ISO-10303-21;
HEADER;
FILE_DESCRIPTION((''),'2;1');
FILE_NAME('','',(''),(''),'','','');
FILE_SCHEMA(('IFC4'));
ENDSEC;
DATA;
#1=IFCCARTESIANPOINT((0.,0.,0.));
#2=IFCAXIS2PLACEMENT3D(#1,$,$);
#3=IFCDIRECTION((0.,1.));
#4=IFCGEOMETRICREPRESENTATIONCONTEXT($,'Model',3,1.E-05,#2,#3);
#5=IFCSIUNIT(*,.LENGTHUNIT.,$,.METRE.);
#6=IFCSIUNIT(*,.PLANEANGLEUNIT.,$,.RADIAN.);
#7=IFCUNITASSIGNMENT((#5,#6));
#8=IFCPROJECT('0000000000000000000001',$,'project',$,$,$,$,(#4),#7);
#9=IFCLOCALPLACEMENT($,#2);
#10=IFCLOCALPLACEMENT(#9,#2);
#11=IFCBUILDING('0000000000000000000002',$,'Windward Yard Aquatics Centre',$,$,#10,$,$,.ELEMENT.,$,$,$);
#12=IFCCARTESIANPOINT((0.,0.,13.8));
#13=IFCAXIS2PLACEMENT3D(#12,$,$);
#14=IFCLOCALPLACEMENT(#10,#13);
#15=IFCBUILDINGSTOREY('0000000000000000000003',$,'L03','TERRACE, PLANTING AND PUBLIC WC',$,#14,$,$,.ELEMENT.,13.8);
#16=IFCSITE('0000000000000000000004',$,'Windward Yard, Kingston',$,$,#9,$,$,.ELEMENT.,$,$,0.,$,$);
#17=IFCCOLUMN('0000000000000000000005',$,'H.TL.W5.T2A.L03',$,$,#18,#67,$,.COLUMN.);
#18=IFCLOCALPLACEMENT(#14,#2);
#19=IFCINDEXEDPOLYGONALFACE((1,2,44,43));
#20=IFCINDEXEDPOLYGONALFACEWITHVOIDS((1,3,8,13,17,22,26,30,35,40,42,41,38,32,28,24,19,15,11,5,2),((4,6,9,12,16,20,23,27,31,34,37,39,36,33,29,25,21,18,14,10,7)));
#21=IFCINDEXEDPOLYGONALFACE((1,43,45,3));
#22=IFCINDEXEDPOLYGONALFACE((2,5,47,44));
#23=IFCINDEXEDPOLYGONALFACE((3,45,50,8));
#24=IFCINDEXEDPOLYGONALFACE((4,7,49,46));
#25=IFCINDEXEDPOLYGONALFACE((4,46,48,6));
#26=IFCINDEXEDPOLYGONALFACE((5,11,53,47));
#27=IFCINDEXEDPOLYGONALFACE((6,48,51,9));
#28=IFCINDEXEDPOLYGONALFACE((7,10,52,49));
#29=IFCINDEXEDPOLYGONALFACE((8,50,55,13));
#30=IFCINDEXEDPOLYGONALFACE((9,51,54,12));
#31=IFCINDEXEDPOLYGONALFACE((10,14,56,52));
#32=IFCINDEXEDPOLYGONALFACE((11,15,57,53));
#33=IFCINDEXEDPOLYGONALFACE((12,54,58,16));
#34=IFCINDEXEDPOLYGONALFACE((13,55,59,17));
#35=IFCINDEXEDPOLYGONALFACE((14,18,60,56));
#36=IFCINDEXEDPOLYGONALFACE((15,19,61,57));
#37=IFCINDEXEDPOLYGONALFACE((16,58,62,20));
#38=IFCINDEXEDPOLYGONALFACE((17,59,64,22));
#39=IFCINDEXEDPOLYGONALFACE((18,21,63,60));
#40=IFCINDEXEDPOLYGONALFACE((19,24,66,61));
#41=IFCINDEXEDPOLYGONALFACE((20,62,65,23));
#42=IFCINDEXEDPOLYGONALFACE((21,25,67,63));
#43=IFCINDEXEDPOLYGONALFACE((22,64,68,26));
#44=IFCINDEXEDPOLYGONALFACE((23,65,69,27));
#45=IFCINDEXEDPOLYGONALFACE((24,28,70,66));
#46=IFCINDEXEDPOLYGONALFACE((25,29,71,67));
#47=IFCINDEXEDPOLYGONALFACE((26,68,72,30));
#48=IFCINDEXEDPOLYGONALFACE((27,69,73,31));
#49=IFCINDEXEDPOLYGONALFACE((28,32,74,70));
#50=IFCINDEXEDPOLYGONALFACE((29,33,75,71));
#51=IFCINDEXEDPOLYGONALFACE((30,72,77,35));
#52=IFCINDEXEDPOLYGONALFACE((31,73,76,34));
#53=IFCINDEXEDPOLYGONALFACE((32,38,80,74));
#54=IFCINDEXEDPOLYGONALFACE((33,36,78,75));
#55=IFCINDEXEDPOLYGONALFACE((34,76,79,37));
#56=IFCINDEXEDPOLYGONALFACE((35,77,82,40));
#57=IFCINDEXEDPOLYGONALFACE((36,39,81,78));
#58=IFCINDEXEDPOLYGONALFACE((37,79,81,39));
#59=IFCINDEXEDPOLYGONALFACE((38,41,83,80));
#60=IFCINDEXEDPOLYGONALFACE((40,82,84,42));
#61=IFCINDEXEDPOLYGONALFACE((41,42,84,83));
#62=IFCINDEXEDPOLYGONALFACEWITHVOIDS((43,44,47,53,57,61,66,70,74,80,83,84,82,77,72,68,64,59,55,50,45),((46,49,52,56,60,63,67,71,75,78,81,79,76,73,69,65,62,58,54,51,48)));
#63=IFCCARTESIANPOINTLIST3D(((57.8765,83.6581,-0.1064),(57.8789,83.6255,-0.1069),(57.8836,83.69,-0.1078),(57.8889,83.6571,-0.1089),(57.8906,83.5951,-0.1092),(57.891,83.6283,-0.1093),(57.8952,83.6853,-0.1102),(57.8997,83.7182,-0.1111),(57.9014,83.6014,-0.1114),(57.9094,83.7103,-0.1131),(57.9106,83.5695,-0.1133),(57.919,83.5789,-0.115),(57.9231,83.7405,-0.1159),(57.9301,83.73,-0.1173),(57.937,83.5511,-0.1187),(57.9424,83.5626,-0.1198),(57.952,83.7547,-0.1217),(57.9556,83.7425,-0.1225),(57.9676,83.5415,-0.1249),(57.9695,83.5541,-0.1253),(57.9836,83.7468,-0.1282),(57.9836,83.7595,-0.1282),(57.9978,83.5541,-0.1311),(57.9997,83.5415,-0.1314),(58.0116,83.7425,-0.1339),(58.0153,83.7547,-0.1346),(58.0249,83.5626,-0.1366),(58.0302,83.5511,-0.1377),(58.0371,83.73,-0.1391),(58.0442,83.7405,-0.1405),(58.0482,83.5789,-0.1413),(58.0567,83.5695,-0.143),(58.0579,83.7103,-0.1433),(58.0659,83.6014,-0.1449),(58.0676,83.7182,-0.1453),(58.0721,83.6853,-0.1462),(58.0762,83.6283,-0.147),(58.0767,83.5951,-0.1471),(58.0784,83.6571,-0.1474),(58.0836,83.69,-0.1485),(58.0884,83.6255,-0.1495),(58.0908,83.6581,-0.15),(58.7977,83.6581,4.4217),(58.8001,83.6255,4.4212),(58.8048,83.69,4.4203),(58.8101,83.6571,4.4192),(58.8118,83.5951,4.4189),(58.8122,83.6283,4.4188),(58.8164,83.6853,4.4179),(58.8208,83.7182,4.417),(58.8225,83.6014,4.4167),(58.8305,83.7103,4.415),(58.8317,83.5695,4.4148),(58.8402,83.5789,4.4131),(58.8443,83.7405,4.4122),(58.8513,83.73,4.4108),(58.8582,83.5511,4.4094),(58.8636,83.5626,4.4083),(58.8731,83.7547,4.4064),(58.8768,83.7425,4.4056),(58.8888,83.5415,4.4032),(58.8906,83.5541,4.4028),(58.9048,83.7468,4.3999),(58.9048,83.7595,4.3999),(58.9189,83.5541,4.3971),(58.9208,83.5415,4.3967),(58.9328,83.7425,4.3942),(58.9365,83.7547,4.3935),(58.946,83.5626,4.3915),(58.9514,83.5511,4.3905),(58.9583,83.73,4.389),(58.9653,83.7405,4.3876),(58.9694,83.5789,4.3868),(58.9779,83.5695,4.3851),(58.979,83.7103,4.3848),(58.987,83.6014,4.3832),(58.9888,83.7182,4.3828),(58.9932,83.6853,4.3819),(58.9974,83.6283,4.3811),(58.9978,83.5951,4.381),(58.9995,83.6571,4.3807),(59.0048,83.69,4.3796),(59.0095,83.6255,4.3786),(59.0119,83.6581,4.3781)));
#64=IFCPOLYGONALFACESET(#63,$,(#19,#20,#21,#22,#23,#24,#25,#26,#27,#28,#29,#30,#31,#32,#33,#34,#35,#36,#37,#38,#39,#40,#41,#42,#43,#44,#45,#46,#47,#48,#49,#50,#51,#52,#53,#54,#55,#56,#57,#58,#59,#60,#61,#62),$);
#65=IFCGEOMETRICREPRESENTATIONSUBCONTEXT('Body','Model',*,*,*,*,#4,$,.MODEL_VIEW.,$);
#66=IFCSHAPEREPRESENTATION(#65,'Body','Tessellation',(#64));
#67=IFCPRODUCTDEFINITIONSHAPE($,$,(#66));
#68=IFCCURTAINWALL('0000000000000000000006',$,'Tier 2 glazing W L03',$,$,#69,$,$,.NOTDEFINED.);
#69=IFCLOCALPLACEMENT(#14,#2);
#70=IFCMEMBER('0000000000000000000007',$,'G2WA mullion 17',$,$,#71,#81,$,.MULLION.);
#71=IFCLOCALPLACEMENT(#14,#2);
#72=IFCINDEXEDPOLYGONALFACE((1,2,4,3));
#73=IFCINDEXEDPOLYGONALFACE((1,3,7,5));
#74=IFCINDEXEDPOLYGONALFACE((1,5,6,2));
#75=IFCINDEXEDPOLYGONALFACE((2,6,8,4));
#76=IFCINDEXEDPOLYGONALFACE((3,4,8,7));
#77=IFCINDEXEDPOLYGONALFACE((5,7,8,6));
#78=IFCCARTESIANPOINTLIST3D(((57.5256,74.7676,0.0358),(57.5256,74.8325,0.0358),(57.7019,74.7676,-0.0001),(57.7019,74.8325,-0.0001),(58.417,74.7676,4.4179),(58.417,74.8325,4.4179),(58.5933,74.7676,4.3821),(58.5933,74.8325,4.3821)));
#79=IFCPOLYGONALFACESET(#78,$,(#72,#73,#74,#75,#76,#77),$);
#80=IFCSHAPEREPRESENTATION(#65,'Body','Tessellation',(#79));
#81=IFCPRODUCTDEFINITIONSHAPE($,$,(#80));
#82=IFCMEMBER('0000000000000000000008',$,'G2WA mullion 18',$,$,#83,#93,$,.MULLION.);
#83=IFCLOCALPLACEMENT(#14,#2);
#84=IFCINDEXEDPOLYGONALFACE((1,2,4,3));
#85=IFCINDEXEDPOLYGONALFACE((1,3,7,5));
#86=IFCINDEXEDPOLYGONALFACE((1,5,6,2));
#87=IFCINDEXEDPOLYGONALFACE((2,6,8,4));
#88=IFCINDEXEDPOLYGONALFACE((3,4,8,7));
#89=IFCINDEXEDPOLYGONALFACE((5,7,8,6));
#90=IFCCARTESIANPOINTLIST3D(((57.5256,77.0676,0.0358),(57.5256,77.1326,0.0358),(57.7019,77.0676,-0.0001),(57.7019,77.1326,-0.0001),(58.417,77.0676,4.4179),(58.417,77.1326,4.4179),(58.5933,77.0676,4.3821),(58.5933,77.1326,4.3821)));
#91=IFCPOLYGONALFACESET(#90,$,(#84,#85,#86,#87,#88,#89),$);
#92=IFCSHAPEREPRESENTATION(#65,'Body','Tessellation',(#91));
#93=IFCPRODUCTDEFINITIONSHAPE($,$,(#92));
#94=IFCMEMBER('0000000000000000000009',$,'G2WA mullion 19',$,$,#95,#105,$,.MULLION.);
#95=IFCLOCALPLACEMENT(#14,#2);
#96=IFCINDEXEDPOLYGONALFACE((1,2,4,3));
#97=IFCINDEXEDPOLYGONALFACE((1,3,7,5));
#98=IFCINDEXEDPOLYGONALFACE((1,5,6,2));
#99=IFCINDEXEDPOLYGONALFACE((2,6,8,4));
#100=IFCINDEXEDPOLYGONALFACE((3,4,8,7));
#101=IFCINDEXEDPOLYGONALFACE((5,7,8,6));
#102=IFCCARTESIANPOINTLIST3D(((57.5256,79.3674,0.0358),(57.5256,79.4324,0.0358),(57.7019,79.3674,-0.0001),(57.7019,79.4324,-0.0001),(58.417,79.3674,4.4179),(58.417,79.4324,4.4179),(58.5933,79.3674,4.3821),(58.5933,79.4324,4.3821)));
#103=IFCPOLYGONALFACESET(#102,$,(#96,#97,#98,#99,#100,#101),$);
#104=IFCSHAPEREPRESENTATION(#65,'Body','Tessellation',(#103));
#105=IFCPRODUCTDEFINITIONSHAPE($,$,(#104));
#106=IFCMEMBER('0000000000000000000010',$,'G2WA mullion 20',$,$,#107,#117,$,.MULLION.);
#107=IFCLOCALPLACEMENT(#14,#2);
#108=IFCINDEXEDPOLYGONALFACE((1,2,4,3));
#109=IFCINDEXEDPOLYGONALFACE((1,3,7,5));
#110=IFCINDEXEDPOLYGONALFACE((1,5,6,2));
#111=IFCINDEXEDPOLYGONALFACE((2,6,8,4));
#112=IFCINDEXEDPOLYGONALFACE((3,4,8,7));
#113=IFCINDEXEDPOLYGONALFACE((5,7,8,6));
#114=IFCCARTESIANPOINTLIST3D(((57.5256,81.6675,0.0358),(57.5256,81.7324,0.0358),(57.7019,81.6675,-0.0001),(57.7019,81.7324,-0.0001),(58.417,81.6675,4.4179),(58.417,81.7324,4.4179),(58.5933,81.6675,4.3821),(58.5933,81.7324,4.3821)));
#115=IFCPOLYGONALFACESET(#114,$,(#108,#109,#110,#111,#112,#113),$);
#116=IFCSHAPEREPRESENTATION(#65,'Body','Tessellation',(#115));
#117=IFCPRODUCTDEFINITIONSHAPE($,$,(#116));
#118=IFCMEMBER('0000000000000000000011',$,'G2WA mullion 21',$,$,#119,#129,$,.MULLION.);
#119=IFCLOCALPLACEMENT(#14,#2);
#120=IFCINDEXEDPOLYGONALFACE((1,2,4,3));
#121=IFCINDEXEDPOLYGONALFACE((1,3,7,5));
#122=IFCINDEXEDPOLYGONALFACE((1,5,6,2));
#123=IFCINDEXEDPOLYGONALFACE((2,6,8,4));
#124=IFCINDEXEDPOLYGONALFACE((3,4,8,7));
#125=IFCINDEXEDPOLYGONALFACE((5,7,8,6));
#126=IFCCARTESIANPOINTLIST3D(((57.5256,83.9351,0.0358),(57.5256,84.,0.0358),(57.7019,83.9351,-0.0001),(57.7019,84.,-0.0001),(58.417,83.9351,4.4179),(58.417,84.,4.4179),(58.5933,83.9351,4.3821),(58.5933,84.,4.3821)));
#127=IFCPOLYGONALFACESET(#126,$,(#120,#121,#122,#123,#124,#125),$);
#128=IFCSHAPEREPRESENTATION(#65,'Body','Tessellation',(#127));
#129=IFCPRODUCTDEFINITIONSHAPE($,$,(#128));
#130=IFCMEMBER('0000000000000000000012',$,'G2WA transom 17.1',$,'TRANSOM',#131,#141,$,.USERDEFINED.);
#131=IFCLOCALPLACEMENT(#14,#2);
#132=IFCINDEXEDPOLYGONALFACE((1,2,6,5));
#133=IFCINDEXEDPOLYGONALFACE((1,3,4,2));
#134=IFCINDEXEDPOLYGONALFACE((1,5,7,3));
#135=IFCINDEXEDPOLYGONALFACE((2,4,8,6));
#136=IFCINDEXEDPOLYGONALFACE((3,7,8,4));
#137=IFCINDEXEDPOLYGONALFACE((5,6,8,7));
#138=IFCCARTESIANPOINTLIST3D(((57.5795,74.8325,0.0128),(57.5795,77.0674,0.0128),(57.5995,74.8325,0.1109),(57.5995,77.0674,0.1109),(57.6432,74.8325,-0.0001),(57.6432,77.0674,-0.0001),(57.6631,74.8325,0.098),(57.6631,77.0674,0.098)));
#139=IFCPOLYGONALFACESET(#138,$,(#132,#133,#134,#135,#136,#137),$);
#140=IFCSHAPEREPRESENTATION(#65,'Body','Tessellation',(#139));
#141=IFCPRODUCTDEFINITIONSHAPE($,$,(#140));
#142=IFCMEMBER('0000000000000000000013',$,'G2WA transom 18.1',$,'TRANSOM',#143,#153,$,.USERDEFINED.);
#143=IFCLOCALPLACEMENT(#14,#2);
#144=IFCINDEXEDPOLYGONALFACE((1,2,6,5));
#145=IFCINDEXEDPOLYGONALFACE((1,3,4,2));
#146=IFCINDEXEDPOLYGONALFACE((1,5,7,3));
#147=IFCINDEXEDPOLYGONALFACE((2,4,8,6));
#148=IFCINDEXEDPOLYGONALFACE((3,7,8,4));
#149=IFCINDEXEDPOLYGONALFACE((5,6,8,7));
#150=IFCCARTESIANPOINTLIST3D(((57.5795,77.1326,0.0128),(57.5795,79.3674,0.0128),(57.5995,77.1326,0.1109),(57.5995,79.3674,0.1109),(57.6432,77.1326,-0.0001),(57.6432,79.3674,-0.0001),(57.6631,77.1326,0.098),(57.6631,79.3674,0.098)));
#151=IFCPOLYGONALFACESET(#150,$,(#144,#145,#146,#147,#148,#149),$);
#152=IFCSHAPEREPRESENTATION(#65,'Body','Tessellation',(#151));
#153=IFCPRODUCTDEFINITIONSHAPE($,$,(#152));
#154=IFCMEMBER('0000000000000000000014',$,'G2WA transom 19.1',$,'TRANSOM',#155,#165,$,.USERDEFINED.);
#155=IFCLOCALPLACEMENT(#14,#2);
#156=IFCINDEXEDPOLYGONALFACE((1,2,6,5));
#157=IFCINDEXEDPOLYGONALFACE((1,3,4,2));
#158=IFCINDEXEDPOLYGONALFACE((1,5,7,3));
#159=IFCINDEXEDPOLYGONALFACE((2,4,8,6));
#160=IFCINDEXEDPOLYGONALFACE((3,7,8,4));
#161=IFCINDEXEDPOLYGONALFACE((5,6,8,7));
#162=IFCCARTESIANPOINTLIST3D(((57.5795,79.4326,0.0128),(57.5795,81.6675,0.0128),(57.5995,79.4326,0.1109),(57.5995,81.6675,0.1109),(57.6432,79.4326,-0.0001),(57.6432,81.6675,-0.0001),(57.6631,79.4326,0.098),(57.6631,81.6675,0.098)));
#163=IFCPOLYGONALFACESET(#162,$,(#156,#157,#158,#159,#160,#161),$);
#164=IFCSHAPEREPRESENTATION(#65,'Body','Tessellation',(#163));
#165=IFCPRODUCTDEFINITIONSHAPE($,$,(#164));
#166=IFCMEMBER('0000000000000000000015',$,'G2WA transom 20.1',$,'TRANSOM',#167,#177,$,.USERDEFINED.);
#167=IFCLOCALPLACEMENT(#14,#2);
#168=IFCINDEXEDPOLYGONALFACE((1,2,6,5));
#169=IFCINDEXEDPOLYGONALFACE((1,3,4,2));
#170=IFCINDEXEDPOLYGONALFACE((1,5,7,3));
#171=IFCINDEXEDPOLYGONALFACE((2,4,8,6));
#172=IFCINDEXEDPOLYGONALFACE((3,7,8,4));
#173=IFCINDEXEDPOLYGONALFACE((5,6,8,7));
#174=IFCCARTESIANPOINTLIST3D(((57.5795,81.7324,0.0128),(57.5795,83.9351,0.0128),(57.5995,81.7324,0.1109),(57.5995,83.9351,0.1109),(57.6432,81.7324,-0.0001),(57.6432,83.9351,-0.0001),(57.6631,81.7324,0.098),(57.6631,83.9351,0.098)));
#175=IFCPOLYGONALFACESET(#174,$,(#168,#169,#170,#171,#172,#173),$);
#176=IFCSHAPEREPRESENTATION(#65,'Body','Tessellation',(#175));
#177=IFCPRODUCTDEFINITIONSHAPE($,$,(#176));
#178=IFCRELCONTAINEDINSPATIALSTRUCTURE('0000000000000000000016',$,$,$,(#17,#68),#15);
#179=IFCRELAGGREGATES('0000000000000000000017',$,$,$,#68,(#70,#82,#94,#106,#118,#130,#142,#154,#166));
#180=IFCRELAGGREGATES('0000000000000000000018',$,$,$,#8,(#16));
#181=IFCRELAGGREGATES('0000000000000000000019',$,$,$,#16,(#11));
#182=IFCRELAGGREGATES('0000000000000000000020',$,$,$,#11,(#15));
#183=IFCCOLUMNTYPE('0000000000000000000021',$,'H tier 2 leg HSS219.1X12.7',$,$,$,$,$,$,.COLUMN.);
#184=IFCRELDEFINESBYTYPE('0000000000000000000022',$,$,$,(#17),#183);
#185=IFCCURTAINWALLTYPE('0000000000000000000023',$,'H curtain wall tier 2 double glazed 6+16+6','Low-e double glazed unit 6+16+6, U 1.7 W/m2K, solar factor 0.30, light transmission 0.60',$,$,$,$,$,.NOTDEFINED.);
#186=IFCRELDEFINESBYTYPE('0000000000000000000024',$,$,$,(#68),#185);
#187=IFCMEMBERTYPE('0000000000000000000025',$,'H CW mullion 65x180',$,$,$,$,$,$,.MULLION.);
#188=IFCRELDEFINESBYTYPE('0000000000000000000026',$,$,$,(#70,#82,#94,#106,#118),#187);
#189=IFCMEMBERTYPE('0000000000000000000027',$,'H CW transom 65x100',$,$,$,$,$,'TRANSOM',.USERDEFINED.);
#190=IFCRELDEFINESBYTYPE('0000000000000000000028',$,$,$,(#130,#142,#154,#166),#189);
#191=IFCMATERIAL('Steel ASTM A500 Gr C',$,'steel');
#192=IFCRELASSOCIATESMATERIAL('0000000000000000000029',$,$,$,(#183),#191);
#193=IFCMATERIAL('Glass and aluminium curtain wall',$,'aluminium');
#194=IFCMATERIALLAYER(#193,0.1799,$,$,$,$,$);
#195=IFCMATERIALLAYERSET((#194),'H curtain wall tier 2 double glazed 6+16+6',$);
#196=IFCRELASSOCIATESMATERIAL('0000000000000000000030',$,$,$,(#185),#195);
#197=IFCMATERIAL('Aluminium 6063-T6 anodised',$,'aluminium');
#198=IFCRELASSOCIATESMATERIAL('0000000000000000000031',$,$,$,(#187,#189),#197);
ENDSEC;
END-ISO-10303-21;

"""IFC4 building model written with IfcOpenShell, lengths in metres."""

from ifc_helpers import new_model, si_unit, direction, frame, origin, origin_2d, place, context, subcontext, project, spatial, rectangle, hollow_circle, extrude, material, layer, layer_set, material_profile, profile_set, type_object, element, aggregate, save


model = new_model("IFC4")

# Units and contexts
model_context = context("Model", 3, precision=1e-05, world=origin(), true_north=direction((0.0, 1.0)))
body_context = subcontext(model_context, "Body", "Model", "MODEL_VIEW")
ifc_project = project(units=[si_unit("LENGTHUNIT", "METRE"), si_unit("PLANEANGLEUNIT", "RADIAN")], contexts=[model_context])

# Site, building, storey
site_placement = place(None, origin())
site = spatial("IfcSite", under=ifc_project, at=site_placement, Name="Windward Yard, Kingston", CompositionType="ELEMENT", RefElevation=0.0)
building_placement = place(site_placement, origin())
building = spatial("IfcBuilding", under=site, at=building_placement, Name="Windward Yard Aquatics Centre", CompositionType="ELEMENT")
storey_placement = place(building_placement, frame((0.0, 0.0, 13.8)))
storey = spatial("IfcBuildingStorey", under=building, at=storey_placement, Name="L03", Description="TERRACE, PLANTING AND PUBLIC WC", CompositionType="ELEMENT", Elevation=13.8)

# Column
ifc_material_1 = material(Name="Steel ASTM A500 Gr C", Category="steel")
ifc_material_profile_1 = material_profile(ifc_material_1, hollow_circle(Radius=0.1096, WallThickness=0.0127, at=origin_2d()), Name="HSS219.1X12.7")
ifc_profile_set_1 = profile_set([ifc_material_profile_1], Name="Steel ASTM A500 Gr C")
column_type = type_object("IfcColumnType", Name="H tier 2 leg HSS219.1X12.7", PredefinedType="COLUMN", material=ifc_profile_set_1)
column_placement = place(storey_placement, frame((57.9836, 83.6499, -0.1282), z_axis=(0.199346, 0.0, 0.979929), x_axis=(0.0, 1.0, 0.0)))
element("IfcColumn", 1, at=column_placement, inside=storey, type_object=column_type, Name="H.TL.W5.T2A.L03", PredefinedType="COLUMN", context=body_context, shape_type="SweptSolid", body=[
    extrude(hollow_circle(Radius=0.1096, WallThickness=0.0127, at=origin_2d()), origin(), (0.0, 0.0, 1.0), 4.6208),
])

# Curtain wall, members
ifc_material_2 = material(Name="Glass and aluminium curtain wall", Category="aluminium")
ifc_layer_1 = layer(ifc_material_2, 0.1799)
ifc_layer_set_1 = layer_set([ifc_layer_1], Name="H curtain wall tier 2 double glazed 6+16+6")
curtain_wall_type = type_object("IfcCurtainWallType", Name="H curtain wall tier 2 double glazed 6+16+6", Description="Low-e double glazed unit 6+16+6, U 1.7 W/m2K, solar factor 0.30, light transmission 0.60", PredefinedType="NOTDEFINED", material=ifc_layer_set_1)
curtain_wall_placement = place(storey_placement, origin())
curtain_wall = element("IfcCurtainWall", 2, at=curtain_wall_placement, inside=storey, type_object=curtain_wall_type, Name="Tier 2 glazing W L03", PredefinedType="NOTDEFINED")
ifc_material_3 = material(Name="Aluminium 6063-T6 anodised", Category="aluminium")
ifc_material_profile_2 = material_profile(ifc_material_3, rectangle(XDim=0.0649, YDim=0.1799, at=origin_2d()), Name="H CW mullion 65x180")
ifc_profile_set_2 = profile_set([ifc_material_profile_2], Name="Aluminium 6063-T6 anodised")
member_type_1 = type_object("IfcMemberType", Name="H CW mullion 65x180", PredefinedType="MULLION", material=ifc_profile_set_2)
member_1_placement = place(storey_placement, frame((57.6138, 74.8, 0.0178), z_axis=(0.199328, 0.0, 0.979933), x_axis=(0.0, 1.0, 0.0)))
member_1 = element("IfcMember", 3, at=member_1_placement, type_object=member_type_1, Name="G2WA mullion 17", PredefinedType="MULLION", context=body_context, shape_type="SweptSolid", body=[
    extrude(rectangle(XDim=0.0649, YDim=0.1799, at=origin_2d()), origin(), (0.0, 0.0, 1.0), 4.4719),
])
member_2_placement = place(storey_placement, frame((57.6138, 77.1001, 0.0178), z_axis=(0.199328, 0.0, 0.979933), x_axis=(0.0, 1.0, 0.0)))
member_2 = element("IfcMember", 4, at=member_2_placement, type_object=member_type_1, Name="G2WA mullion 18", PredefinedType="MULLION", context=body_context, shape_type="SweptSolid", body=[
    extrude(rectangle(XDim=0.0649, YDim=0.1799, at=origin_2d()), origin(), (0.0, 0.0, 1.0), 4.4719),
])
member_3_placement = place(storey_placement, frame((57.6138, 79.3999, 0.0178), z_axis=(0.199328, 0.0, 0.979933), x_axis=(0.0, 1.0, 0.0)))
member_3 = element("IfcMember", 5, at=member_3_placement, type_object=member_type_1, Name="G2WA mullion 19", PredefinedType="MULLION", context=body_context, shape_type="SweptSolid", body=[
    extrude(rectangle(XDim=0.0649, YDim=0.1799, at=origin_2d()), origin(), (0.0, 0.0, 1.0), 4.4719),
])
member_4_placement = place(storey_placement, frame((57.6138, 81.7, 0.0178), z_axis=(0.199328, 0.0, 0.979933), x_axis=(0.0, 1.0, 0.0)))
member_4 = element("IfcMember", 6, at=member_4_placement, type_object=member_type_1, Name="G2WA mullion 20", PredefinedType="MULLION", context=body_context, shape_type="SweptSolid", body=[
    extrude(rectangle(XDim=0.0649, YDim=0.1799, at=origin_2d()), origin(), (0.0, 0.0, 1.0), 4.4719),
])
member_5_placement = place(storey_placement, frame((57.6138, 83.9675, 0.0178), z_axis=(0.199328, 0.0, 0.979933), x_axis=(0.0, 1.0, 0.0)))
member_5 = element("IfcMember", 7, at=member_5_placement, type_object=member_type_1, Name="G2WA mullion 21", PredefinedType="MULLION", context=body_context, shape_type="SweptSolid", body=[
    extrude(rectangle(XDim=0.0649, YDim=0.1799, at=origin_2d()), origin(), (0.0, 0.0, 1.0), 4.4719),
])
ifc_material_profile_3 = material_profile(ifc_material_3, rectangle(XDim=0.0649, YDim=0.1001, at=origin_2d()), Name="H CW transom 65x100")
ifc_profile_set_3 = profile_set([ifc_material_profile_3], Name="Aluminium 6063-T6 anodised")
member_type_2 = type_object("IfcMemberType", Name="H CW transom 65x100", ElementType="TRANSOM", PredefinedType="USERDEFINED", material=ifc_profile_set_3)
member_6_placement = place(storey_placement, frame((57.6213, 74.8325, 0.0554), z_axis=(0.0, 1.0, 0.0), x_axis=(-0.979925, 0.0, 0.199368)))
member_6 = element("IfcMember", 8, at=member_6_placement, type_object=member_type_2, Name="G2WA transom 17.1", ObjectType="TRANSOM", PredefinedType="USERDEFINED", context=body_context, shape_type="SweptSolid", body=[
    extrude(rectangle(XDim=0.0649, YDim=0.1001, at=origin_2d()), origin(), (0.0, 0.0, 1.0), 2.2349),
])
member_7_placement = place(storey_placement, frame((57.6213, 77.1326, 0.0554), z_axis=(0.0, 1.0, 0.0), x_axis=(-0.979925, 0.0, 0.199368)))
member_7 = element("IfcMember", 9, at=member_7_placement, type_object=member_type_2, Name="G2WA transom 18.1", ObjectType="TRANSOM", PredefinedType="USERDEFINED", context=body_context, shape_type="SweptSolid", body=[
    extrude(rectangle(XDim=0.0649, YDim=0.1001, at=origin_2d()), origin(), (0.0, 0.0, 1.0), 2.2349),
])
member_8_placement = place(storey_placement, frame((57.6213, 79.4326, 0.0554), z_axis=(0.0, 1.0, 0.0), x_axis=(-0.979925, 0.0, 0.199368)))
member_8 = element("IfcMember", 10, at=member_8_placement, type_object=member_type_2, Name="G2WA transom 19.1", ObjectType="TRANSOM", PredefinedType="USERDEFINED", context=body_context, shape_type="SweptSolid", body=[
    extrude(rectangle(XDim=0.0649, YDim=0.1001, at=origin_2d()), origin(), (0.0, 0.0, 1.0), 2.2349),
])
member_9_placement = place(storey_placement, frame((57.6213, 81.7324, 0.0554), z_axis=(0.0, 1.0, 0.0), x_axis=(-0.979925, 0.0, 0.199368)))
member_9 = element("IfcMember", 11, at=member_9_placement, type_object=member_type_2, Name="G2WA transom 20.1", ObjectType="TRANSOM", PredefinedType="USERDEFINED", context=body_context, shape_type="SweptSolid", body=[
    extrude(rectangle(XDim=0.0649, YDim=0.1001, at=origin_2d()), origin(), (0.0, 0.0, 1.0), 2.2026),
])

aggregate(curtain_wall, [member_1, member_2, member_3, member_4, member_5, member_6, member_7, member_8, member_9])

save(model, "model.ifc")
